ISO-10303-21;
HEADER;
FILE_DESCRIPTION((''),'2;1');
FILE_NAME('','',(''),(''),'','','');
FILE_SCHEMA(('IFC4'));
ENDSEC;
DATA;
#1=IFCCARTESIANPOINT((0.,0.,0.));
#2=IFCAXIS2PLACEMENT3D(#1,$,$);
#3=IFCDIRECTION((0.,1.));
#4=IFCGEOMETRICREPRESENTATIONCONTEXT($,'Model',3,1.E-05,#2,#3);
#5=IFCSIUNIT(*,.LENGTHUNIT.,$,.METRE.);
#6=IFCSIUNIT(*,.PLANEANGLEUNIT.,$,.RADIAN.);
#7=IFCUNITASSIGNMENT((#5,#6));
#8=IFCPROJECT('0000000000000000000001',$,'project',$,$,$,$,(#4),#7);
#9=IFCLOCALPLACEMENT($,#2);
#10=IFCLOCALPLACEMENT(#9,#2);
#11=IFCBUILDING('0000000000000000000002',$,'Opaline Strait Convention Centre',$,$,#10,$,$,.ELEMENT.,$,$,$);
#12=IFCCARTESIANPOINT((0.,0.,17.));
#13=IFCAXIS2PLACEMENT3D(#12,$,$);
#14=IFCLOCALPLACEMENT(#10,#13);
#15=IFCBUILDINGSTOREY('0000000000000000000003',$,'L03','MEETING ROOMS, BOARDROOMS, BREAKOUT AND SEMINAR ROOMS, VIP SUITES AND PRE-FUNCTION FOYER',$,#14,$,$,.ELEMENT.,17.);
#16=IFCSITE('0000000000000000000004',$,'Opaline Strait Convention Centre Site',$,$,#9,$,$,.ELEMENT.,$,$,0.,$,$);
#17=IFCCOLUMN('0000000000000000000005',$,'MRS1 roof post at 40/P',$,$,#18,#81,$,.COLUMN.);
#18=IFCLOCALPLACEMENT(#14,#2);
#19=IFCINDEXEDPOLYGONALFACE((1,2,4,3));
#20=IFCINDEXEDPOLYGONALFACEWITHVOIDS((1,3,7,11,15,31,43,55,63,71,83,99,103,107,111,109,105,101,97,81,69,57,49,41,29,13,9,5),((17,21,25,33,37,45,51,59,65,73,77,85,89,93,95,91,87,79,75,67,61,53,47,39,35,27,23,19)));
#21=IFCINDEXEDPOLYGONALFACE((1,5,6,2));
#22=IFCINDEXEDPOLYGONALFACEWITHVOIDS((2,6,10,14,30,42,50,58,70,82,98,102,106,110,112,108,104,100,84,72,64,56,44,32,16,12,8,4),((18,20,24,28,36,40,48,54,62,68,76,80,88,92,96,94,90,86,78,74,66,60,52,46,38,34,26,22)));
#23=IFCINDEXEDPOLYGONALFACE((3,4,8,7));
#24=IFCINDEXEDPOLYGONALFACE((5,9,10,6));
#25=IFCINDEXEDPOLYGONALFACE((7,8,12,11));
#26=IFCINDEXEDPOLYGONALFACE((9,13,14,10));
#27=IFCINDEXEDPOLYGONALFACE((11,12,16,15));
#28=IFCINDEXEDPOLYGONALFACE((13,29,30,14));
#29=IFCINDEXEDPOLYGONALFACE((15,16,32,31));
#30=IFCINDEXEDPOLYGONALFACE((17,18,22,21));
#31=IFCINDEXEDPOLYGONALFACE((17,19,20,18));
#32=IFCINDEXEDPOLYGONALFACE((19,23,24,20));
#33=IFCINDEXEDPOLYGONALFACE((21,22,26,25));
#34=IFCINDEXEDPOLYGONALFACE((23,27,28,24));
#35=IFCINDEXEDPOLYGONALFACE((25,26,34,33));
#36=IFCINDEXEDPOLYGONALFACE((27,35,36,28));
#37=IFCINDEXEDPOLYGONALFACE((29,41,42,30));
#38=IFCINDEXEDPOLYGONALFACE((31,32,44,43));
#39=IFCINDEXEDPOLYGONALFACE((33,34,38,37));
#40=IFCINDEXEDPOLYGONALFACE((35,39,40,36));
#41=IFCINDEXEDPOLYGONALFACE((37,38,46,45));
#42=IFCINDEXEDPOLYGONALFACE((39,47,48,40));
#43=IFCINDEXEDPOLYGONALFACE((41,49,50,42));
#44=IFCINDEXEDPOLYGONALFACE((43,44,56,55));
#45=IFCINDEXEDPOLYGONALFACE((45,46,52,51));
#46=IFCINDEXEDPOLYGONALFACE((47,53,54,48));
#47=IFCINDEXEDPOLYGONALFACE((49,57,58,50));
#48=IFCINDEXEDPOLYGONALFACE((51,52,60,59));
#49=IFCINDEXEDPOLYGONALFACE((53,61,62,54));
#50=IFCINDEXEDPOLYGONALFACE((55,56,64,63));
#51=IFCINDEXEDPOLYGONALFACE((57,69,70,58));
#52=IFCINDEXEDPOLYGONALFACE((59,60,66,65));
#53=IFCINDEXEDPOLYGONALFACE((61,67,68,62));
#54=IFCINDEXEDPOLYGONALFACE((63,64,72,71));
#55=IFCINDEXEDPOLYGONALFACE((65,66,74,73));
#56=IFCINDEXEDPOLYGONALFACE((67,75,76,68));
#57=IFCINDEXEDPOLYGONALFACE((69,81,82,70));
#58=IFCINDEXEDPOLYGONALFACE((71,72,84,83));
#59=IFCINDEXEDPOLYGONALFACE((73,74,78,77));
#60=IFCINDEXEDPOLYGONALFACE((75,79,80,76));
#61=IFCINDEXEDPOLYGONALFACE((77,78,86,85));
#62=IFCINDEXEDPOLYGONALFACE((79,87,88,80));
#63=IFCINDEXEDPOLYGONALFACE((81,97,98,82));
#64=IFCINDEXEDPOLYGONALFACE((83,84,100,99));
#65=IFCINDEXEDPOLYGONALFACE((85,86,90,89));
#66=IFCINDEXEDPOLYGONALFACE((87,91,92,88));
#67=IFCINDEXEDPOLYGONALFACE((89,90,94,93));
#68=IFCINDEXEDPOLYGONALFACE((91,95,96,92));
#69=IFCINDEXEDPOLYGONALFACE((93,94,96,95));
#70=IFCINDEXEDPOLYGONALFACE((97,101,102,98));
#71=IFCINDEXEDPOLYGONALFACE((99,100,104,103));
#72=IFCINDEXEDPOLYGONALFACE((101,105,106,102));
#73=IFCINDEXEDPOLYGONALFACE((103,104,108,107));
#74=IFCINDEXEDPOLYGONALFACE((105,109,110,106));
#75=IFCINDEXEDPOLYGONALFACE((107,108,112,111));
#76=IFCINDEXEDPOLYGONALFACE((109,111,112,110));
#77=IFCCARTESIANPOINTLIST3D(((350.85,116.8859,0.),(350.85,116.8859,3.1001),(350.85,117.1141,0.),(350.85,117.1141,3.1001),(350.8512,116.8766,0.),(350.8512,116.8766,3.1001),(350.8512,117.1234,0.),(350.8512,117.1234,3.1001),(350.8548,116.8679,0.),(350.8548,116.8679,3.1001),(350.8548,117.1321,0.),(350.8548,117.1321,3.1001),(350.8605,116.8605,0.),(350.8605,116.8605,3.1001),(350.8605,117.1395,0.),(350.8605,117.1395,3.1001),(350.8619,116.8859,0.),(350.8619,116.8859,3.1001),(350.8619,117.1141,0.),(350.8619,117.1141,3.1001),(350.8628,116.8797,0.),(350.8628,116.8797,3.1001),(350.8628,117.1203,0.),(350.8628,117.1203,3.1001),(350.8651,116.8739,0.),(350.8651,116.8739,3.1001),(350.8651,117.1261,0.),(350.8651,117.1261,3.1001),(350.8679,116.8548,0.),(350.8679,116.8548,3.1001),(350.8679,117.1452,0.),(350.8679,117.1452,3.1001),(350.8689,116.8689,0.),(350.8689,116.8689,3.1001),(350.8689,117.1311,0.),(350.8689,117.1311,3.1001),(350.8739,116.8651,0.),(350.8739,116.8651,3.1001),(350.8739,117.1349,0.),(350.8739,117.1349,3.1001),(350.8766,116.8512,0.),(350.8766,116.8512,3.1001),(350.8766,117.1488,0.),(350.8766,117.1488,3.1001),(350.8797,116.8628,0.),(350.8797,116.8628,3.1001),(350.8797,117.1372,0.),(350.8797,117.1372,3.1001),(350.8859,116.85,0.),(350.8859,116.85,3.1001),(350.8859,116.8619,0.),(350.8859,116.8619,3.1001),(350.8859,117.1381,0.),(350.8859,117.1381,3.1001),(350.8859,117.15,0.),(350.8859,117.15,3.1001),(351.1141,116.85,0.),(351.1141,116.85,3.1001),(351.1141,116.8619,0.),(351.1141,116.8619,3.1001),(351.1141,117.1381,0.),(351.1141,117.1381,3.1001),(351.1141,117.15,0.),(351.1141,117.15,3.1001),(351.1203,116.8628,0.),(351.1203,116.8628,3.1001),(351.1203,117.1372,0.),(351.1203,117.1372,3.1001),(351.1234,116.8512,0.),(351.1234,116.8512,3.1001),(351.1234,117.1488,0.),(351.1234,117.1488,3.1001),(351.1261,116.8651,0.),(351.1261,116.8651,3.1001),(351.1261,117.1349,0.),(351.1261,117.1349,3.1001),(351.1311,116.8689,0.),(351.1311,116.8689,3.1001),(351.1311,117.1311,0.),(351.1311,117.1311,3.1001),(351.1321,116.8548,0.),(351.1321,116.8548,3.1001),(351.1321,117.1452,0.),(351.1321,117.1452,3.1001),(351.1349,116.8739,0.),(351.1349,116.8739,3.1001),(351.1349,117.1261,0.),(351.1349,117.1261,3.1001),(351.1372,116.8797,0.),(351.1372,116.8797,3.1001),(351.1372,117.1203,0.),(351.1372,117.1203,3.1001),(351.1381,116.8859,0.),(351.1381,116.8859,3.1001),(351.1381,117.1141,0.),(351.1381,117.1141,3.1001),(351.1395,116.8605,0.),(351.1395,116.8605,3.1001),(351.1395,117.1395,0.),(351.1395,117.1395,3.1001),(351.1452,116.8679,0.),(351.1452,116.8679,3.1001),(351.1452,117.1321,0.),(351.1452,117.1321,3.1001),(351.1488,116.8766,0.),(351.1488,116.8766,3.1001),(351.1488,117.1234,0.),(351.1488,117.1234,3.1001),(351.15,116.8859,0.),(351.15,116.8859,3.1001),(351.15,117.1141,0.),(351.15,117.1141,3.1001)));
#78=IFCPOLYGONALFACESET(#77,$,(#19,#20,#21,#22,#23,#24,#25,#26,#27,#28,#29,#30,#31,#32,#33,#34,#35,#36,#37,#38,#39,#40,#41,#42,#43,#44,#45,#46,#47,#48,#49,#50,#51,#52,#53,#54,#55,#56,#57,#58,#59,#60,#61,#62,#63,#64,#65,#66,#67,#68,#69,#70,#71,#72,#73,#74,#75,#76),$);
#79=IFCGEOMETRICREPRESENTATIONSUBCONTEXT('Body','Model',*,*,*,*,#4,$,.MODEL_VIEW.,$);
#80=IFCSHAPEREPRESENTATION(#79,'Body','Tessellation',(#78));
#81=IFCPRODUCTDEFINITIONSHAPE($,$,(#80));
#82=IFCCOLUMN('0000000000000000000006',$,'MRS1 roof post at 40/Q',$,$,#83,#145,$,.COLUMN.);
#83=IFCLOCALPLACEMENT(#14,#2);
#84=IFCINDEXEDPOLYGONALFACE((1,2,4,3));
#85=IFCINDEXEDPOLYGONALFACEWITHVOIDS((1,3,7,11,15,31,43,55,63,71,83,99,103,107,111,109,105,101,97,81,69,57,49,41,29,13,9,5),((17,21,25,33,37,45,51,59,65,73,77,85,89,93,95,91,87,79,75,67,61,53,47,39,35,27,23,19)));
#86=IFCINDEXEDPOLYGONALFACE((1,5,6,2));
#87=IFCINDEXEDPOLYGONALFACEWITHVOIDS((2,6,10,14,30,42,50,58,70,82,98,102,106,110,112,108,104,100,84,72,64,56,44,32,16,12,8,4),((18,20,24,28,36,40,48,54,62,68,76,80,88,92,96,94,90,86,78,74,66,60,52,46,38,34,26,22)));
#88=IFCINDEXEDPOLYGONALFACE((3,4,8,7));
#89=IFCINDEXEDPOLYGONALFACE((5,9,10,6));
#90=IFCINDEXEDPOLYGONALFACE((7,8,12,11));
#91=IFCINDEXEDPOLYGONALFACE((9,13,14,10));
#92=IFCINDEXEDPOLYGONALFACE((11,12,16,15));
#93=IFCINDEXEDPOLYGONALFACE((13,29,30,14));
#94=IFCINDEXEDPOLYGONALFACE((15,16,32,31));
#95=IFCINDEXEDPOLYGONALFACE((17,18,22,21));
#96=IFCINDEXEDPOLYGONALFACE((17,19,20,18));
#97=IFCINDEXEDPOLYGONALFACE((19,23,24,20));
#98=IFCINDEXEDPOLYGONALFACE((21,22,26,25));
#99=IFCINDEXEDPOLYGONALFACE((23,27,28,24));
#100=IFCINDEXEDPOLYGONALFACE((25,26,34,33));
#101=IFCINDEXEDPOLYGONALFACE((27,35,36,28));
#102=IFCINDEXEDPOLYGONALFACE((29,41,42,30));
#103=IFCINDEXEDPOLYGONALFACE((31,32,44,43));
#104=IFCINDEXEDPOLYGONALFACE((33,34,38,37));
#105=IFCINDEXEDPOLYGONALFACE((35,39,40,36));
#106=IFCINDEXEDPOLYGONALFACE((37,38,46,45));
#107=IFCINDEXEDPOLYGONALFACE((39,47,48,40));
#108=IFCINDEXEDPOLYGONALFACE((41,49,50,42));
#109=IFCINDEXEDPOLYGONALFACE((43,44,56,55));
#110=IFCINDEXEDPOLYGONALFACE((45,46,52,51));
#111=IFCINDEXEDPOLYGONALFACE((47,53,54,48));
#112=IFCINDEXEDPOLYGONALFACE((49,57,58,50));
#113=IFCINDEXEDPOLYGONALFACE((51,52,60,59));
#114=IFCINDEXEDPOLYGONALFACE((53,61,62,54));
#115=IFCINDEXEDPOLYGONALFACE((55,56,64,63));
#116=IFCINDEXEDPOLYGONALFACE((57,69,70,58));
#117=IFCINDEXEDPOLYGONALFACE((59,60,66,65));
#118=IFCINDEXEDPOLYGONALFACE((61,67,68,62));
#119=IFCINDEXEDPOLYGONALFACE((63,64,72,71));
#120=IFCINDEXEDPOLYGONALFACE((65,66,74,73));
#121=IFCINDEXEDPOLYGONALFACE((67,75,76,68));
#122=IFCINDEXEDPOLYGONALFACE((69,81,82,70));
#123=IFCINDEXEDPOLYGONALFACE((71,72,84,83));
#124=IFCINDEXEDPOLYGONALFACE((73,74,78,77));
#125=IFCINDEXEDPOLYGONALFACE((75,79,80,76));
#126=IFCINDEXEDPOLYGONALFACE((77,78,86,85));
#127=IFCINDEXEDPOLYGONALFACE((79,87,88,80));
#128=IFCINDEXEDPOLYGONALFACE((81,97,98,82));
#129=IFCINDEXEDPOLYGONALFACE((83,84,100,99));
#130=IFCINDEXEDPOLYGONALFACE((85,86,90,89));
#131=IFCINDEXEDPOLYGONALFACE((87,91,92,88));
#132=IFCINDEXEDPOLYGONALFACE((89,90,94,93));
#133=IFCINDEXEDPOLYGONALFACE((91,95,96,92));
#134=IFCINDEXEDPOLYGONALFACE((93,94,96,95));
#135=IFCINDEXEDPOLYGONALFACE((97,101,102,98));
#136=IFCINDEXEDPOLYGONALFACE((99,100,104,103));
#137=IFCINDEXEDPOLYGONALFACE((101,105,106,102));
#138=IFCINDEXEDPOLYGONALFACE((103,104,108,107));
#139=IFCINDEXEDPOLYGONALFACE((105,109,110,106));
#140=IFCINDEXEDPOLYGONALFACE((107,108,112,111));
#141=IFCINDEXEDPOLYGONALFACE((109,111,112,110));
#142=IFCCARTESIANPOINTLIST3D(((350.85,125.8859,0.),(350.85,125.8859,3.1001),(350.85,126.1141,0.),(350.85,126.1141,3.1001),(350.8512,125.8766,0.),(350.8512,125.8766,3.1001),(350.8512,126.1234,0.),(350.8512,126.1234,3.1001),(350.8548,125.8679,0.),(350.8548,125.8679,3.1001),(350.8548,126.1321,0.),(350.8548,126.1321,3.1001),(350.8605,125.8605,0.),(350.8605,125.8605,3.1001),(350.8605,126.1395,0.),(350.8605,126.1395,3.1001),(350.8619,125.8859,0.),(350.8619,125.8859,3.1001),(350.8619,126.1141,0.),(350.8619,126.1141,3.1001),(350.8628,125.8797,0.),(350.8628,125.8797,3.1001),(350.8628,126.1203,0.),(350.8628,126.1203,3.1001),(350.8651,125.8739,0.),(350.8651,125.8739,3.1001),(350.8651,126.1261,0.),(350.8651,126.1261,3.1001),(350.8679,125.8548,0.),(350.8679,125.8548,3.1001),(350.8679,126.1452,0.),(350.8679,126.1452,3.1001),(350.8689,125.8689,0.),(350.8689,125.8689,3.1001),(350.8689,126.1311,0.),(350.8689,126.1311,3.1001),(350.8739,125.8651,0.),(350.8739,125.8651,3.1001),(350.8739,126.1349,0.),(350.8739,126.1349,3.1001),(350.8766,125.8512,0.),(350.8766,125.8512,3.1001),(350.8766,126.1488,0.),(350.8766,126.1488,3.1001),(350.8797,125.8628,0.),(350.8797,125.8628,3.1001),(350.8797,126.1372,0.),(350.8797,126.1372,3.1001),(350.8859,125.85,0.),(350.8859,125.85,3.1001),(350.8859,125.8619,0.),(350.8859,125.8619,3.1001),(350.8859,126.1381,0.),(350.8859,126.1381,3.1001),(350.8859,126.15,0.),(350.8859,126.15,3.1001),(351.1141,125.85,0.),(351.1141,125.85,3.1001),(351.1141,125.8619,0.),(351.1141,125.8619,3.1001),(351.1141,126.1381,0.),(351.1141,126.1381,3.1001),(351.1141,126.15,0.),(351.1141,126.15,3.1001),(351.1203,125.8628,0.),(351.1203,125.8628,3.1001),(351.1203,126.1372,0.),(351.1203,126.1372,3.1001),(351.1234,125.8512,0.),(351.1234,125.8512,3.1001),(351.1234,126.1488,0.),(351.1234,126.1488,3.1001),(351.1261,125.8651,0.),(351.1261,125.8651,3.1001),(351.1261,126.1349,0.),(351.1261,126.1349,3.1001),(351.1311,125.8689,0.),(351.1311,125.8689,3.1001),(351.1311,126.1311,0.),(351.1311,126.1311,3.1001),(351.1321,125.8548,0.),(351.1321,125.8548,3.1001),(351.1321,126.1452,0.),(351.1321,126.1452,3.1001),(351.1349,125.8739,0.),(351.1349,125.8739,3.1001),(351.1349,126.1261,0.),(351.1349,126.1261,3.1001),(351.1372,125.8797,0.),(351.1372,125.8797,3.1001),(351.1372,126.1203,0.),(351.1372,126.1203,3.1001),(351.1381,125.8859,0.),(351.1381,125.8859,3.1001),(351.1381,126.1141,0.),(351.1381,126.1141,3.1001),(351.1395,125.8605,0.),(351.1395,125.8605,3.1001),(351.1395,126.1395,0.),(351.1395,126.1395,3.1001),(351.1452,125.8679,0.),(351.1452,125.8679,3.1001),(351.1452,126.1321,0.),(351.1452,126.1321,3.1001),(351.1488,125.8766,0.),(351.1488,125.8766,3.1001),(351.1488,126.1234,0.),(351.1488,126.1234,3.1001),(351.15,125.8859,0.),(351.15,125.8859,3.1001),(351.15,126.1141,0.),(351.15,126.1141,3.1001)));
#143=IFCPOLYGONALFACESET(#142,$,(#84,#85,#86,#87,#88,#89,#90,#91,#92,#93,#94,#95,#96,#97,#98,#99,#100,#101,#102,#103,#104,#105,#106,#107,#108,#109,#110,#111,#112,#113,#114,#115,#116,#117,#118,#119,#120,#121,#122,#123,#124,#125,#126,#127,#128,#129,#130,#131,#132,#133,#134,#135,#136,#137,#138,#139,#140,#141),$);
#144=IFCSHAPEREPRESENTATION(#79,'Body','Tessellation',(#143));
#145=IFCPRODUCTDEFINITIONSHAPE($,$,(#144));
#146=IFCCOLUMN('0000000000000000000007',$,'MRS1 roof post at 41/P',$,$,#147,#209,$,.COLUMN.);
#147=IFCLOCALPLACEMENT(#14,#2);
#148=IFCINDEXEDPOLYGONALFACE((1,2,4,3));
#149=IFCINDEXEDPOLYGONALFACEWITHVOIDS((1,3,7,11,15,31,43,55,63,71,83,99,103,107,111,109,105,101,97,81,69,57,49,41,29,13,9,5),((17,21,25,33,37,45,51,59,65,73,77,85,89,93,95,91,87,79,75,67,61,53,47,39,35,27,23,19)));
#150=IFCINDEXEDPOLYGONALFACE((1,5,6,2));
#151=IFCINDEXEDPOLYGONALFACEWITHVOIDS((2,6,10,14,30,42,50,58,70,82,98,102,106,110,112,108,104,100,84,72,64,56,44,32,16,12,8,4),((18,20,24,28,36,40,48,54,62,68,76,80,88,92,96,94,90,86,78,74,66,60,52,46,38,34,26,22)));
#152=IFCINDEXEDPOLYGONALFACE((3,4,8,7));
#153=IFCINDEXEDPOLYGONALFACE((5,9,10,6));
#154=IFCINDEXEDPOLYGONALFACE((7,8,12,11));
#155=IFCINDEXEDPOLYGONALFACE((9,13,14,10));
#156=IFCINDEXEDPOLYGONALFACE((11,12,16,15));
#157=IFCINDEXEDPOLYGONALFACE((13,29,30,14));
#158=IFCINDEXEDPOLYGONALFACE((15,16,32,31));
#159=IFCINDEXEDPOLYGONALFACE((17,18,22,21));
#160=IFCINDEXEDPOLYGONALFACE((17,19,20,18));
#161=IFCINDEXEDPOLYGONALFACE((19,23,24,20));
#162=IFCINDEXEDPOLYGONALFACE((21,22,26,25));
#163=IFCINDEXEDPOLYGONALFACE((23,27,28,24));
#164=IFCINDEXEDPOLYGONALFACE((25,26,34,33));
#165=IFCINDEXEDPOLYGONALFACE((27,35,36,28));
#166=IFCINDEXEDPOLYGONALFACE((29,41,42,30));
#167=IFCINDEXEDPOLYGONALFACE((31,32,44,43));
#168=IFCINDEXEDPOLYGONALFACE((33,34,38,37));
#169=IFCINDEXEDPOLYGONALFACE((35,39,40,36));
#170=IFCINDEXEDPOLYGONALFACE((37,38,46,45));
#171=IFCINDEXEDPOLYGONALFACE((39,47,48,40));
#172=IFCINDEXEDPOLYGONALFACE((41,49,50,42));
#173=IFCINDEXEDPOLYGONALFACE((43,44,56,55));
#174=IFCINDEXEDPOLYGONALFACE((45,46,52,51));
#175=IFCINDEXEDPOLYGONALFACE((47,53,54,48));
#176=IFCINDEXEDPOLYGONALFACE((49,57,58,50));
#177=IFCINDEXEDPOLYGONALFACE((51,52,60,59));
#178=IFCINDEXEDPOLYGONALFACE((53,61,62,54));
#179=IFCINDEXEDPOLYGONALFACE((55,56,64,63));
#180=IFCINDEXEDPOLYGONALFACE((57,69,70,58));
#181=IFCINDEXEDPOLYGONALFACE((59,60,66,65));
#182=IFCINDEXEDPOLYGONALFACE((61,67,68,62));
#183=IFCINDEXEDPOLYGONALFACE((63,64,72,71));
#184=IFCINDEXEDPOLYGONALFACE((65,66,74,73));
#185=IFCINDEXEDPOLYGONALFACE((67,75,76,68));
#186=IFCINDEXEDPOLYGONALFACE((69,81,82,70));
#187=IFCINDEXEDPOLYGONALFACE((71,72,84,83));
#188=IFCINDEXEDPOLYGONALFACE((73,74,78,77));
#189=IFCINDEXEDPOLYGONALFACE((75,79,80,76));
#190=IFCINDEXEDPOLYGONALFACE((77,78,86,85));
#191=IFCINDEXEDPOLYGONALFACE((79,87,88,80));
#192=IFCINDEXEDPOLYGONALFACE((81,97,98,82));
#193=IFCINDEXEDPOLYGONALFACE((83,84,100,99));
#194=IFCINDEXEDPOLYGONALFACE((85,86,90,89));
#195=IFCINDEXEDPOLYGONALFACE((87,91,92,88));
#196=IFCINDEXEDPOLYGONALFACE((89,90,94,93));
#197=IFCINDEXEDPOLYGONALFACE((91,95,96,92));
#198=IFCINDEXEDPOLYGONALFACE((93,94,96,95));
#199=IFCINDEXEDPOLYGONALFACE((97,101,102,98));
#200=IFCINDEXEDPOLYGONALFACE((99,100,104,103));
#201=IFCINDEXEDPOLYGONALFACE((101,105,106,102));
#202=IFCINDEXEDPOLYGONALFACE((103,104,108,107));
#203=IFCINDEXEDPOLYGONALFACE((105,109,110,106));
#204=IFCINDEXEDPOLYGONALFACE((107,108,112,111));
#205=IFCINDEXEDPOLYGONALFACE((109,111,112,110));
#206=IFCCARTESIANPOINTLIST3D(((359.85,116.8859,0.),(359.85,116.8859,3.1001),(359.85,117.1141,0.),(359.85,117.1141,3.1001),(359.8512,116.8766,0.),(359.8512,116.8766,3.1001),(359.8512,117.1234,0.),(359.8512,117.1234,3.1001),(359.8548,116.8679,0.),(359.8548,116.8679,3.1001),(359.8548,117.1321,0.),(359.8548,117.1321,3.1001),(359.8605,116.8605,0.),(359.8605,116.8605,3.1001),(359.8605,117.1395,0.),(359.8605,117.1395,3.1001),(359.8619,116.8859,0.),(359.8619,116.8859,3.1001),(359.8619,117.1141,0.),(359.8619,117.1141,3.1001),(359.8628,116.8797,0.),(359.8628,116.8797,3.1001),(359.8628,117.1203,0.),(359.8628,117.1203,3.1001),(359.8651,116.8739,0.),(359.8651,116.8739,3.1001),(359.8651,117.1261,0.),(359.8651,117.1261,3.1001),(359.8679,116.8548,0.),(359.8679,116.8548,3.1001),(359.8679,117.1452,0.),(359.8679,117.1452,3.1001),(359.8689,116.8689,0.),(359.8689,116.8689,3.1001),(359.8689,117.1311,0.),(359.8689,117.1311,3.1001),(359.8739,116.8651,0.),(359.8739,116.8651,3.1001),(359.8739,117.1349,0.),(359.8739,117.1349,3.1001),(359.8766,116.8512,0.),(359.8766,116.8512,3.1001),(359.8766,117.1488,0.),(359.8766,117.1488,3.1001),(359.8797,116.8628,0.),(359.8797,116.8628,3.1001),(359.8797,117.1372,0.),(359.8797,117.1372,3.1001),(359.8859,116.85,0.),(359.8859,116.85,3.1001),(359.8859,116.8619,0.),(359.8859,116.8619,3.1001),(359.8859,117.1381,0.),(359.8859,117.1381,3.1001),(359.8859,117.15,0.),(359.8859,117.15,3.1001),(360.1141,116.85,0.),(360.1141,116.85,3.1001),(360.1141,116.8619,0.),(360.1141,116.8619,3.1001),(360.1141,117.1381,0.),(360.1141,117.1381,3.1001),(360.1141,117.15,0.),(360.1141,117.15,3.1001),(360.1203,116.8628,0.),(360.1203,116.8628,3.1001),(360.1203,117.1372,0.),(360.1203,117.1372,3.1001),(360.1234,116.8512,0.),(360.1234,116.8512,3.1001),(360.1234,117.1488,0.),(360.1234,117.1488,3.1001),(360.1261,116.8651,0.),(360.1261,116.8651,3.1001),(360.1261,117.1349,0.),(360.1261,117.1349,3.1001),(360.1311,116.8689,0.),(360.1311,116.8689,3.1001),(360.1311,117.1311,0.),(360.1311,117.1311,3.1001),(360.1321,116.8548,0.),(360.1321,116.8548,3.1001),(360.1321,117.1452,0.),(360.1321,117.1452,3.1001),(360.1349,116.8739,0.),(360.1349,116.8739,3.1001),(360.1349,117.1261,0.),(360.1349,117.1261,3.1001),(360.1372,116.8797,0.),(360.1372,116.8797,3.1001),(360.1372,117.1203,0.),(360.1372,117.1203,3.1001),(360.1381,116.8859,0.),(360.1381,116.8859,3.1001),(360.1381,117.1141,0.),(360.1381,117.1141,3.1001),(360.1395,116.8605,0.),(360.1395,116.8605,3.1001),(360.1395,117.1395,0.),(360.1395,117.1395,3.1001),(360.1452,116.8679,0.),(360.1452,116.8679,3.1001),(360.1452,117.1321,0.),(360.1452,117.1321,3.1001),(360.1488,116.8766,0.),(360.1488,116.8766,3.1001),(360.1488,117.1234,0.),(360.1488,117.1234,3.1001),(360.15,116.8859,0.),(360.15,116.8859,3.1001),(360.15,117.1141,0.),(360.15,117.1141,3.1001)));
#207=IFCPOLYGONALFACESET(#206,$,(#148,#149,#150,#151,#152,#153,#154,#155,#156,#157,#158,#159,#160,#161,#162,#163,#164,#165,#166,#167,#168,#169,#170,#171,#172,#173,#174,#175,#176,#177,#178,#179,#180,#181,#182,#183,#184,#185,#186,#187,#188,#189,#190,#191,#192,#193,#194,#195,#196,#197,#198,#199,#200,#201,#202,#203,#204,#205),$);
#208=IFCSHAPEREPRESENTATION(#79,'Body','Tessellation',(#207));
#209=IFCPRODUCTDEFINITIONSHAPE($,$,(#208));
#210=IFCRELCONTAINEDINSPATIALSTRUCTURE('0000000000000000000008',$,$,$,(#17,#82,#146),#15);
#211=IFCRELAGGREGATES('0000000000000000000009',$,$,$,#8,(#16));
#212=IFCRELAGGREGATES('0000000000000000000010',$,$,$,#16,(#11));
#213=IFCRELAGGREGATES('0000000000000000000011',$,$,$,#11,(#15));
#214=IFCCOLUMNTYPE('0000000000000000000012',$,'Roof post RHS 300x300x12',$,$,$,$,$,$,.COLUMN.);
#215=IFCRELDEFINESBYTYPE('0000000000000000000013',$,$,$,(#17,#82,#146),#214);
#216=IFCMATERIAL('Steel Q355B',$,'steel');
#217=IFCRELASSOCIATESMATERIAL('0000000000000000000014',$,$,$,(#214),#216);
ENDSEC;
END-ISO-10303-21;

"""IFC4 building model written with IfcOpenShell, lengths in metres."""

from ifc_helpers import new_model, si_unit, direction, frame, origin, origin_2d, place, context, subcontext, project, spatial, hollow_rectangle, extrude, material, material_profile, profile_set, type_object, element, save


model = new_model("IFC4")

# Units and contexts
model_context = context("Model", 3, precision=1e-05, world=origin(), true_north=direction((0.0, 1.0)))
body_context = subcontext(model_context, "Body", "Model", "MODEL_VIEW")
ifc_project = project(units=[si_unit("LENGTHUNIT", "METRE"), si_unit("PLANEANGLEUNIT", "RADIAN")], contexts=[model_context])

# Site, building, storey
site_placement = place(None, origin())
site = spatial("IfcSite", under=ifc_project, at=site_placement, Name="Opaline Strait Convention Centre Site", CompositionType="ELEMENT", RefElevation=0.0)
building_placement = place(site_placement, origin())
building = spatial("IfcBuilding", under=site, at=building_placement, Name="Opaline Strait Convention Centre", CompositionType="ELEMENT")
storey_placement = place(building_placement, frame((0.0, 0.0, 17.0)))
storey = spatial("IfcBuildingStorey", under=building, at=storey_placement, Name="L03", Description="MEETING ROOMS, BOARDROOMS, BREAKOUT AND SEMINAR ROOMS, VIP SUITES AND PRE-FUNCTION FOYER", CompositionType="ELEMENT", Elevation=17.0)

# Columns
ifc_material_1 = material(Name="Steel Q355B", Category="steel")
ifc_material_profile_1 = material_profile(ifc_material_1, hollow_rectangle(XDim=0.3, YDim=0.3, WallThickness=0.012, InnerFilletRadius=0.0239, OuterFilletRadius=0.0359, at=origin_2d()), Name="RHS 300x300x12")
ifc_profile_set_1 = profile_set([ifc_material_profile_1], Name="Steel Q355B")
column_type = type_object("IfcColumnType", Name="Roof post RHS 300x300x12", PredefinedType="COLUMN", material=ifc_profile_set_1)
for number, where, z_axis, x_axis, name in (
    (1, (351.0, 117.0, 0.0), (0.0, 0.0, 1.0), (1.0, 0.0, 0.0), "MRS1 roof post at 40/P"),
    (2, (351.0, 126.0, 0.0), (0.0, 0.0, 1.0), (1.0, 0.0, 0.0), "MRS1 roof post at 40/Q"),
    (3, (360.0, 117.0, 0.0), (0.0, 0.0, 1.0), (1.0, 0.0, 0.0), "MRS1 roof post at 41/P"),
):
    element("IfcColumn", number, at=place(storey_placement, frame(where, z_axis=z_axis, x_axis=x_axis)), inside=storey, type_object=column_type, Name=name, PredefinedType="COLUMN", context=body_context, shape_type="SweptSolid", body=[
        extrude(hollow_rectangle(XDim=0.3, YDim=0.3, WallThickness=0.012, InnerFilletRadius=0.0239, OuterFilletRadius=0.0359, at=origin_2d()), origin(), (0.0, 0.0, 1.0), 3.1001),
    ])

save(model, "model.ifc")
